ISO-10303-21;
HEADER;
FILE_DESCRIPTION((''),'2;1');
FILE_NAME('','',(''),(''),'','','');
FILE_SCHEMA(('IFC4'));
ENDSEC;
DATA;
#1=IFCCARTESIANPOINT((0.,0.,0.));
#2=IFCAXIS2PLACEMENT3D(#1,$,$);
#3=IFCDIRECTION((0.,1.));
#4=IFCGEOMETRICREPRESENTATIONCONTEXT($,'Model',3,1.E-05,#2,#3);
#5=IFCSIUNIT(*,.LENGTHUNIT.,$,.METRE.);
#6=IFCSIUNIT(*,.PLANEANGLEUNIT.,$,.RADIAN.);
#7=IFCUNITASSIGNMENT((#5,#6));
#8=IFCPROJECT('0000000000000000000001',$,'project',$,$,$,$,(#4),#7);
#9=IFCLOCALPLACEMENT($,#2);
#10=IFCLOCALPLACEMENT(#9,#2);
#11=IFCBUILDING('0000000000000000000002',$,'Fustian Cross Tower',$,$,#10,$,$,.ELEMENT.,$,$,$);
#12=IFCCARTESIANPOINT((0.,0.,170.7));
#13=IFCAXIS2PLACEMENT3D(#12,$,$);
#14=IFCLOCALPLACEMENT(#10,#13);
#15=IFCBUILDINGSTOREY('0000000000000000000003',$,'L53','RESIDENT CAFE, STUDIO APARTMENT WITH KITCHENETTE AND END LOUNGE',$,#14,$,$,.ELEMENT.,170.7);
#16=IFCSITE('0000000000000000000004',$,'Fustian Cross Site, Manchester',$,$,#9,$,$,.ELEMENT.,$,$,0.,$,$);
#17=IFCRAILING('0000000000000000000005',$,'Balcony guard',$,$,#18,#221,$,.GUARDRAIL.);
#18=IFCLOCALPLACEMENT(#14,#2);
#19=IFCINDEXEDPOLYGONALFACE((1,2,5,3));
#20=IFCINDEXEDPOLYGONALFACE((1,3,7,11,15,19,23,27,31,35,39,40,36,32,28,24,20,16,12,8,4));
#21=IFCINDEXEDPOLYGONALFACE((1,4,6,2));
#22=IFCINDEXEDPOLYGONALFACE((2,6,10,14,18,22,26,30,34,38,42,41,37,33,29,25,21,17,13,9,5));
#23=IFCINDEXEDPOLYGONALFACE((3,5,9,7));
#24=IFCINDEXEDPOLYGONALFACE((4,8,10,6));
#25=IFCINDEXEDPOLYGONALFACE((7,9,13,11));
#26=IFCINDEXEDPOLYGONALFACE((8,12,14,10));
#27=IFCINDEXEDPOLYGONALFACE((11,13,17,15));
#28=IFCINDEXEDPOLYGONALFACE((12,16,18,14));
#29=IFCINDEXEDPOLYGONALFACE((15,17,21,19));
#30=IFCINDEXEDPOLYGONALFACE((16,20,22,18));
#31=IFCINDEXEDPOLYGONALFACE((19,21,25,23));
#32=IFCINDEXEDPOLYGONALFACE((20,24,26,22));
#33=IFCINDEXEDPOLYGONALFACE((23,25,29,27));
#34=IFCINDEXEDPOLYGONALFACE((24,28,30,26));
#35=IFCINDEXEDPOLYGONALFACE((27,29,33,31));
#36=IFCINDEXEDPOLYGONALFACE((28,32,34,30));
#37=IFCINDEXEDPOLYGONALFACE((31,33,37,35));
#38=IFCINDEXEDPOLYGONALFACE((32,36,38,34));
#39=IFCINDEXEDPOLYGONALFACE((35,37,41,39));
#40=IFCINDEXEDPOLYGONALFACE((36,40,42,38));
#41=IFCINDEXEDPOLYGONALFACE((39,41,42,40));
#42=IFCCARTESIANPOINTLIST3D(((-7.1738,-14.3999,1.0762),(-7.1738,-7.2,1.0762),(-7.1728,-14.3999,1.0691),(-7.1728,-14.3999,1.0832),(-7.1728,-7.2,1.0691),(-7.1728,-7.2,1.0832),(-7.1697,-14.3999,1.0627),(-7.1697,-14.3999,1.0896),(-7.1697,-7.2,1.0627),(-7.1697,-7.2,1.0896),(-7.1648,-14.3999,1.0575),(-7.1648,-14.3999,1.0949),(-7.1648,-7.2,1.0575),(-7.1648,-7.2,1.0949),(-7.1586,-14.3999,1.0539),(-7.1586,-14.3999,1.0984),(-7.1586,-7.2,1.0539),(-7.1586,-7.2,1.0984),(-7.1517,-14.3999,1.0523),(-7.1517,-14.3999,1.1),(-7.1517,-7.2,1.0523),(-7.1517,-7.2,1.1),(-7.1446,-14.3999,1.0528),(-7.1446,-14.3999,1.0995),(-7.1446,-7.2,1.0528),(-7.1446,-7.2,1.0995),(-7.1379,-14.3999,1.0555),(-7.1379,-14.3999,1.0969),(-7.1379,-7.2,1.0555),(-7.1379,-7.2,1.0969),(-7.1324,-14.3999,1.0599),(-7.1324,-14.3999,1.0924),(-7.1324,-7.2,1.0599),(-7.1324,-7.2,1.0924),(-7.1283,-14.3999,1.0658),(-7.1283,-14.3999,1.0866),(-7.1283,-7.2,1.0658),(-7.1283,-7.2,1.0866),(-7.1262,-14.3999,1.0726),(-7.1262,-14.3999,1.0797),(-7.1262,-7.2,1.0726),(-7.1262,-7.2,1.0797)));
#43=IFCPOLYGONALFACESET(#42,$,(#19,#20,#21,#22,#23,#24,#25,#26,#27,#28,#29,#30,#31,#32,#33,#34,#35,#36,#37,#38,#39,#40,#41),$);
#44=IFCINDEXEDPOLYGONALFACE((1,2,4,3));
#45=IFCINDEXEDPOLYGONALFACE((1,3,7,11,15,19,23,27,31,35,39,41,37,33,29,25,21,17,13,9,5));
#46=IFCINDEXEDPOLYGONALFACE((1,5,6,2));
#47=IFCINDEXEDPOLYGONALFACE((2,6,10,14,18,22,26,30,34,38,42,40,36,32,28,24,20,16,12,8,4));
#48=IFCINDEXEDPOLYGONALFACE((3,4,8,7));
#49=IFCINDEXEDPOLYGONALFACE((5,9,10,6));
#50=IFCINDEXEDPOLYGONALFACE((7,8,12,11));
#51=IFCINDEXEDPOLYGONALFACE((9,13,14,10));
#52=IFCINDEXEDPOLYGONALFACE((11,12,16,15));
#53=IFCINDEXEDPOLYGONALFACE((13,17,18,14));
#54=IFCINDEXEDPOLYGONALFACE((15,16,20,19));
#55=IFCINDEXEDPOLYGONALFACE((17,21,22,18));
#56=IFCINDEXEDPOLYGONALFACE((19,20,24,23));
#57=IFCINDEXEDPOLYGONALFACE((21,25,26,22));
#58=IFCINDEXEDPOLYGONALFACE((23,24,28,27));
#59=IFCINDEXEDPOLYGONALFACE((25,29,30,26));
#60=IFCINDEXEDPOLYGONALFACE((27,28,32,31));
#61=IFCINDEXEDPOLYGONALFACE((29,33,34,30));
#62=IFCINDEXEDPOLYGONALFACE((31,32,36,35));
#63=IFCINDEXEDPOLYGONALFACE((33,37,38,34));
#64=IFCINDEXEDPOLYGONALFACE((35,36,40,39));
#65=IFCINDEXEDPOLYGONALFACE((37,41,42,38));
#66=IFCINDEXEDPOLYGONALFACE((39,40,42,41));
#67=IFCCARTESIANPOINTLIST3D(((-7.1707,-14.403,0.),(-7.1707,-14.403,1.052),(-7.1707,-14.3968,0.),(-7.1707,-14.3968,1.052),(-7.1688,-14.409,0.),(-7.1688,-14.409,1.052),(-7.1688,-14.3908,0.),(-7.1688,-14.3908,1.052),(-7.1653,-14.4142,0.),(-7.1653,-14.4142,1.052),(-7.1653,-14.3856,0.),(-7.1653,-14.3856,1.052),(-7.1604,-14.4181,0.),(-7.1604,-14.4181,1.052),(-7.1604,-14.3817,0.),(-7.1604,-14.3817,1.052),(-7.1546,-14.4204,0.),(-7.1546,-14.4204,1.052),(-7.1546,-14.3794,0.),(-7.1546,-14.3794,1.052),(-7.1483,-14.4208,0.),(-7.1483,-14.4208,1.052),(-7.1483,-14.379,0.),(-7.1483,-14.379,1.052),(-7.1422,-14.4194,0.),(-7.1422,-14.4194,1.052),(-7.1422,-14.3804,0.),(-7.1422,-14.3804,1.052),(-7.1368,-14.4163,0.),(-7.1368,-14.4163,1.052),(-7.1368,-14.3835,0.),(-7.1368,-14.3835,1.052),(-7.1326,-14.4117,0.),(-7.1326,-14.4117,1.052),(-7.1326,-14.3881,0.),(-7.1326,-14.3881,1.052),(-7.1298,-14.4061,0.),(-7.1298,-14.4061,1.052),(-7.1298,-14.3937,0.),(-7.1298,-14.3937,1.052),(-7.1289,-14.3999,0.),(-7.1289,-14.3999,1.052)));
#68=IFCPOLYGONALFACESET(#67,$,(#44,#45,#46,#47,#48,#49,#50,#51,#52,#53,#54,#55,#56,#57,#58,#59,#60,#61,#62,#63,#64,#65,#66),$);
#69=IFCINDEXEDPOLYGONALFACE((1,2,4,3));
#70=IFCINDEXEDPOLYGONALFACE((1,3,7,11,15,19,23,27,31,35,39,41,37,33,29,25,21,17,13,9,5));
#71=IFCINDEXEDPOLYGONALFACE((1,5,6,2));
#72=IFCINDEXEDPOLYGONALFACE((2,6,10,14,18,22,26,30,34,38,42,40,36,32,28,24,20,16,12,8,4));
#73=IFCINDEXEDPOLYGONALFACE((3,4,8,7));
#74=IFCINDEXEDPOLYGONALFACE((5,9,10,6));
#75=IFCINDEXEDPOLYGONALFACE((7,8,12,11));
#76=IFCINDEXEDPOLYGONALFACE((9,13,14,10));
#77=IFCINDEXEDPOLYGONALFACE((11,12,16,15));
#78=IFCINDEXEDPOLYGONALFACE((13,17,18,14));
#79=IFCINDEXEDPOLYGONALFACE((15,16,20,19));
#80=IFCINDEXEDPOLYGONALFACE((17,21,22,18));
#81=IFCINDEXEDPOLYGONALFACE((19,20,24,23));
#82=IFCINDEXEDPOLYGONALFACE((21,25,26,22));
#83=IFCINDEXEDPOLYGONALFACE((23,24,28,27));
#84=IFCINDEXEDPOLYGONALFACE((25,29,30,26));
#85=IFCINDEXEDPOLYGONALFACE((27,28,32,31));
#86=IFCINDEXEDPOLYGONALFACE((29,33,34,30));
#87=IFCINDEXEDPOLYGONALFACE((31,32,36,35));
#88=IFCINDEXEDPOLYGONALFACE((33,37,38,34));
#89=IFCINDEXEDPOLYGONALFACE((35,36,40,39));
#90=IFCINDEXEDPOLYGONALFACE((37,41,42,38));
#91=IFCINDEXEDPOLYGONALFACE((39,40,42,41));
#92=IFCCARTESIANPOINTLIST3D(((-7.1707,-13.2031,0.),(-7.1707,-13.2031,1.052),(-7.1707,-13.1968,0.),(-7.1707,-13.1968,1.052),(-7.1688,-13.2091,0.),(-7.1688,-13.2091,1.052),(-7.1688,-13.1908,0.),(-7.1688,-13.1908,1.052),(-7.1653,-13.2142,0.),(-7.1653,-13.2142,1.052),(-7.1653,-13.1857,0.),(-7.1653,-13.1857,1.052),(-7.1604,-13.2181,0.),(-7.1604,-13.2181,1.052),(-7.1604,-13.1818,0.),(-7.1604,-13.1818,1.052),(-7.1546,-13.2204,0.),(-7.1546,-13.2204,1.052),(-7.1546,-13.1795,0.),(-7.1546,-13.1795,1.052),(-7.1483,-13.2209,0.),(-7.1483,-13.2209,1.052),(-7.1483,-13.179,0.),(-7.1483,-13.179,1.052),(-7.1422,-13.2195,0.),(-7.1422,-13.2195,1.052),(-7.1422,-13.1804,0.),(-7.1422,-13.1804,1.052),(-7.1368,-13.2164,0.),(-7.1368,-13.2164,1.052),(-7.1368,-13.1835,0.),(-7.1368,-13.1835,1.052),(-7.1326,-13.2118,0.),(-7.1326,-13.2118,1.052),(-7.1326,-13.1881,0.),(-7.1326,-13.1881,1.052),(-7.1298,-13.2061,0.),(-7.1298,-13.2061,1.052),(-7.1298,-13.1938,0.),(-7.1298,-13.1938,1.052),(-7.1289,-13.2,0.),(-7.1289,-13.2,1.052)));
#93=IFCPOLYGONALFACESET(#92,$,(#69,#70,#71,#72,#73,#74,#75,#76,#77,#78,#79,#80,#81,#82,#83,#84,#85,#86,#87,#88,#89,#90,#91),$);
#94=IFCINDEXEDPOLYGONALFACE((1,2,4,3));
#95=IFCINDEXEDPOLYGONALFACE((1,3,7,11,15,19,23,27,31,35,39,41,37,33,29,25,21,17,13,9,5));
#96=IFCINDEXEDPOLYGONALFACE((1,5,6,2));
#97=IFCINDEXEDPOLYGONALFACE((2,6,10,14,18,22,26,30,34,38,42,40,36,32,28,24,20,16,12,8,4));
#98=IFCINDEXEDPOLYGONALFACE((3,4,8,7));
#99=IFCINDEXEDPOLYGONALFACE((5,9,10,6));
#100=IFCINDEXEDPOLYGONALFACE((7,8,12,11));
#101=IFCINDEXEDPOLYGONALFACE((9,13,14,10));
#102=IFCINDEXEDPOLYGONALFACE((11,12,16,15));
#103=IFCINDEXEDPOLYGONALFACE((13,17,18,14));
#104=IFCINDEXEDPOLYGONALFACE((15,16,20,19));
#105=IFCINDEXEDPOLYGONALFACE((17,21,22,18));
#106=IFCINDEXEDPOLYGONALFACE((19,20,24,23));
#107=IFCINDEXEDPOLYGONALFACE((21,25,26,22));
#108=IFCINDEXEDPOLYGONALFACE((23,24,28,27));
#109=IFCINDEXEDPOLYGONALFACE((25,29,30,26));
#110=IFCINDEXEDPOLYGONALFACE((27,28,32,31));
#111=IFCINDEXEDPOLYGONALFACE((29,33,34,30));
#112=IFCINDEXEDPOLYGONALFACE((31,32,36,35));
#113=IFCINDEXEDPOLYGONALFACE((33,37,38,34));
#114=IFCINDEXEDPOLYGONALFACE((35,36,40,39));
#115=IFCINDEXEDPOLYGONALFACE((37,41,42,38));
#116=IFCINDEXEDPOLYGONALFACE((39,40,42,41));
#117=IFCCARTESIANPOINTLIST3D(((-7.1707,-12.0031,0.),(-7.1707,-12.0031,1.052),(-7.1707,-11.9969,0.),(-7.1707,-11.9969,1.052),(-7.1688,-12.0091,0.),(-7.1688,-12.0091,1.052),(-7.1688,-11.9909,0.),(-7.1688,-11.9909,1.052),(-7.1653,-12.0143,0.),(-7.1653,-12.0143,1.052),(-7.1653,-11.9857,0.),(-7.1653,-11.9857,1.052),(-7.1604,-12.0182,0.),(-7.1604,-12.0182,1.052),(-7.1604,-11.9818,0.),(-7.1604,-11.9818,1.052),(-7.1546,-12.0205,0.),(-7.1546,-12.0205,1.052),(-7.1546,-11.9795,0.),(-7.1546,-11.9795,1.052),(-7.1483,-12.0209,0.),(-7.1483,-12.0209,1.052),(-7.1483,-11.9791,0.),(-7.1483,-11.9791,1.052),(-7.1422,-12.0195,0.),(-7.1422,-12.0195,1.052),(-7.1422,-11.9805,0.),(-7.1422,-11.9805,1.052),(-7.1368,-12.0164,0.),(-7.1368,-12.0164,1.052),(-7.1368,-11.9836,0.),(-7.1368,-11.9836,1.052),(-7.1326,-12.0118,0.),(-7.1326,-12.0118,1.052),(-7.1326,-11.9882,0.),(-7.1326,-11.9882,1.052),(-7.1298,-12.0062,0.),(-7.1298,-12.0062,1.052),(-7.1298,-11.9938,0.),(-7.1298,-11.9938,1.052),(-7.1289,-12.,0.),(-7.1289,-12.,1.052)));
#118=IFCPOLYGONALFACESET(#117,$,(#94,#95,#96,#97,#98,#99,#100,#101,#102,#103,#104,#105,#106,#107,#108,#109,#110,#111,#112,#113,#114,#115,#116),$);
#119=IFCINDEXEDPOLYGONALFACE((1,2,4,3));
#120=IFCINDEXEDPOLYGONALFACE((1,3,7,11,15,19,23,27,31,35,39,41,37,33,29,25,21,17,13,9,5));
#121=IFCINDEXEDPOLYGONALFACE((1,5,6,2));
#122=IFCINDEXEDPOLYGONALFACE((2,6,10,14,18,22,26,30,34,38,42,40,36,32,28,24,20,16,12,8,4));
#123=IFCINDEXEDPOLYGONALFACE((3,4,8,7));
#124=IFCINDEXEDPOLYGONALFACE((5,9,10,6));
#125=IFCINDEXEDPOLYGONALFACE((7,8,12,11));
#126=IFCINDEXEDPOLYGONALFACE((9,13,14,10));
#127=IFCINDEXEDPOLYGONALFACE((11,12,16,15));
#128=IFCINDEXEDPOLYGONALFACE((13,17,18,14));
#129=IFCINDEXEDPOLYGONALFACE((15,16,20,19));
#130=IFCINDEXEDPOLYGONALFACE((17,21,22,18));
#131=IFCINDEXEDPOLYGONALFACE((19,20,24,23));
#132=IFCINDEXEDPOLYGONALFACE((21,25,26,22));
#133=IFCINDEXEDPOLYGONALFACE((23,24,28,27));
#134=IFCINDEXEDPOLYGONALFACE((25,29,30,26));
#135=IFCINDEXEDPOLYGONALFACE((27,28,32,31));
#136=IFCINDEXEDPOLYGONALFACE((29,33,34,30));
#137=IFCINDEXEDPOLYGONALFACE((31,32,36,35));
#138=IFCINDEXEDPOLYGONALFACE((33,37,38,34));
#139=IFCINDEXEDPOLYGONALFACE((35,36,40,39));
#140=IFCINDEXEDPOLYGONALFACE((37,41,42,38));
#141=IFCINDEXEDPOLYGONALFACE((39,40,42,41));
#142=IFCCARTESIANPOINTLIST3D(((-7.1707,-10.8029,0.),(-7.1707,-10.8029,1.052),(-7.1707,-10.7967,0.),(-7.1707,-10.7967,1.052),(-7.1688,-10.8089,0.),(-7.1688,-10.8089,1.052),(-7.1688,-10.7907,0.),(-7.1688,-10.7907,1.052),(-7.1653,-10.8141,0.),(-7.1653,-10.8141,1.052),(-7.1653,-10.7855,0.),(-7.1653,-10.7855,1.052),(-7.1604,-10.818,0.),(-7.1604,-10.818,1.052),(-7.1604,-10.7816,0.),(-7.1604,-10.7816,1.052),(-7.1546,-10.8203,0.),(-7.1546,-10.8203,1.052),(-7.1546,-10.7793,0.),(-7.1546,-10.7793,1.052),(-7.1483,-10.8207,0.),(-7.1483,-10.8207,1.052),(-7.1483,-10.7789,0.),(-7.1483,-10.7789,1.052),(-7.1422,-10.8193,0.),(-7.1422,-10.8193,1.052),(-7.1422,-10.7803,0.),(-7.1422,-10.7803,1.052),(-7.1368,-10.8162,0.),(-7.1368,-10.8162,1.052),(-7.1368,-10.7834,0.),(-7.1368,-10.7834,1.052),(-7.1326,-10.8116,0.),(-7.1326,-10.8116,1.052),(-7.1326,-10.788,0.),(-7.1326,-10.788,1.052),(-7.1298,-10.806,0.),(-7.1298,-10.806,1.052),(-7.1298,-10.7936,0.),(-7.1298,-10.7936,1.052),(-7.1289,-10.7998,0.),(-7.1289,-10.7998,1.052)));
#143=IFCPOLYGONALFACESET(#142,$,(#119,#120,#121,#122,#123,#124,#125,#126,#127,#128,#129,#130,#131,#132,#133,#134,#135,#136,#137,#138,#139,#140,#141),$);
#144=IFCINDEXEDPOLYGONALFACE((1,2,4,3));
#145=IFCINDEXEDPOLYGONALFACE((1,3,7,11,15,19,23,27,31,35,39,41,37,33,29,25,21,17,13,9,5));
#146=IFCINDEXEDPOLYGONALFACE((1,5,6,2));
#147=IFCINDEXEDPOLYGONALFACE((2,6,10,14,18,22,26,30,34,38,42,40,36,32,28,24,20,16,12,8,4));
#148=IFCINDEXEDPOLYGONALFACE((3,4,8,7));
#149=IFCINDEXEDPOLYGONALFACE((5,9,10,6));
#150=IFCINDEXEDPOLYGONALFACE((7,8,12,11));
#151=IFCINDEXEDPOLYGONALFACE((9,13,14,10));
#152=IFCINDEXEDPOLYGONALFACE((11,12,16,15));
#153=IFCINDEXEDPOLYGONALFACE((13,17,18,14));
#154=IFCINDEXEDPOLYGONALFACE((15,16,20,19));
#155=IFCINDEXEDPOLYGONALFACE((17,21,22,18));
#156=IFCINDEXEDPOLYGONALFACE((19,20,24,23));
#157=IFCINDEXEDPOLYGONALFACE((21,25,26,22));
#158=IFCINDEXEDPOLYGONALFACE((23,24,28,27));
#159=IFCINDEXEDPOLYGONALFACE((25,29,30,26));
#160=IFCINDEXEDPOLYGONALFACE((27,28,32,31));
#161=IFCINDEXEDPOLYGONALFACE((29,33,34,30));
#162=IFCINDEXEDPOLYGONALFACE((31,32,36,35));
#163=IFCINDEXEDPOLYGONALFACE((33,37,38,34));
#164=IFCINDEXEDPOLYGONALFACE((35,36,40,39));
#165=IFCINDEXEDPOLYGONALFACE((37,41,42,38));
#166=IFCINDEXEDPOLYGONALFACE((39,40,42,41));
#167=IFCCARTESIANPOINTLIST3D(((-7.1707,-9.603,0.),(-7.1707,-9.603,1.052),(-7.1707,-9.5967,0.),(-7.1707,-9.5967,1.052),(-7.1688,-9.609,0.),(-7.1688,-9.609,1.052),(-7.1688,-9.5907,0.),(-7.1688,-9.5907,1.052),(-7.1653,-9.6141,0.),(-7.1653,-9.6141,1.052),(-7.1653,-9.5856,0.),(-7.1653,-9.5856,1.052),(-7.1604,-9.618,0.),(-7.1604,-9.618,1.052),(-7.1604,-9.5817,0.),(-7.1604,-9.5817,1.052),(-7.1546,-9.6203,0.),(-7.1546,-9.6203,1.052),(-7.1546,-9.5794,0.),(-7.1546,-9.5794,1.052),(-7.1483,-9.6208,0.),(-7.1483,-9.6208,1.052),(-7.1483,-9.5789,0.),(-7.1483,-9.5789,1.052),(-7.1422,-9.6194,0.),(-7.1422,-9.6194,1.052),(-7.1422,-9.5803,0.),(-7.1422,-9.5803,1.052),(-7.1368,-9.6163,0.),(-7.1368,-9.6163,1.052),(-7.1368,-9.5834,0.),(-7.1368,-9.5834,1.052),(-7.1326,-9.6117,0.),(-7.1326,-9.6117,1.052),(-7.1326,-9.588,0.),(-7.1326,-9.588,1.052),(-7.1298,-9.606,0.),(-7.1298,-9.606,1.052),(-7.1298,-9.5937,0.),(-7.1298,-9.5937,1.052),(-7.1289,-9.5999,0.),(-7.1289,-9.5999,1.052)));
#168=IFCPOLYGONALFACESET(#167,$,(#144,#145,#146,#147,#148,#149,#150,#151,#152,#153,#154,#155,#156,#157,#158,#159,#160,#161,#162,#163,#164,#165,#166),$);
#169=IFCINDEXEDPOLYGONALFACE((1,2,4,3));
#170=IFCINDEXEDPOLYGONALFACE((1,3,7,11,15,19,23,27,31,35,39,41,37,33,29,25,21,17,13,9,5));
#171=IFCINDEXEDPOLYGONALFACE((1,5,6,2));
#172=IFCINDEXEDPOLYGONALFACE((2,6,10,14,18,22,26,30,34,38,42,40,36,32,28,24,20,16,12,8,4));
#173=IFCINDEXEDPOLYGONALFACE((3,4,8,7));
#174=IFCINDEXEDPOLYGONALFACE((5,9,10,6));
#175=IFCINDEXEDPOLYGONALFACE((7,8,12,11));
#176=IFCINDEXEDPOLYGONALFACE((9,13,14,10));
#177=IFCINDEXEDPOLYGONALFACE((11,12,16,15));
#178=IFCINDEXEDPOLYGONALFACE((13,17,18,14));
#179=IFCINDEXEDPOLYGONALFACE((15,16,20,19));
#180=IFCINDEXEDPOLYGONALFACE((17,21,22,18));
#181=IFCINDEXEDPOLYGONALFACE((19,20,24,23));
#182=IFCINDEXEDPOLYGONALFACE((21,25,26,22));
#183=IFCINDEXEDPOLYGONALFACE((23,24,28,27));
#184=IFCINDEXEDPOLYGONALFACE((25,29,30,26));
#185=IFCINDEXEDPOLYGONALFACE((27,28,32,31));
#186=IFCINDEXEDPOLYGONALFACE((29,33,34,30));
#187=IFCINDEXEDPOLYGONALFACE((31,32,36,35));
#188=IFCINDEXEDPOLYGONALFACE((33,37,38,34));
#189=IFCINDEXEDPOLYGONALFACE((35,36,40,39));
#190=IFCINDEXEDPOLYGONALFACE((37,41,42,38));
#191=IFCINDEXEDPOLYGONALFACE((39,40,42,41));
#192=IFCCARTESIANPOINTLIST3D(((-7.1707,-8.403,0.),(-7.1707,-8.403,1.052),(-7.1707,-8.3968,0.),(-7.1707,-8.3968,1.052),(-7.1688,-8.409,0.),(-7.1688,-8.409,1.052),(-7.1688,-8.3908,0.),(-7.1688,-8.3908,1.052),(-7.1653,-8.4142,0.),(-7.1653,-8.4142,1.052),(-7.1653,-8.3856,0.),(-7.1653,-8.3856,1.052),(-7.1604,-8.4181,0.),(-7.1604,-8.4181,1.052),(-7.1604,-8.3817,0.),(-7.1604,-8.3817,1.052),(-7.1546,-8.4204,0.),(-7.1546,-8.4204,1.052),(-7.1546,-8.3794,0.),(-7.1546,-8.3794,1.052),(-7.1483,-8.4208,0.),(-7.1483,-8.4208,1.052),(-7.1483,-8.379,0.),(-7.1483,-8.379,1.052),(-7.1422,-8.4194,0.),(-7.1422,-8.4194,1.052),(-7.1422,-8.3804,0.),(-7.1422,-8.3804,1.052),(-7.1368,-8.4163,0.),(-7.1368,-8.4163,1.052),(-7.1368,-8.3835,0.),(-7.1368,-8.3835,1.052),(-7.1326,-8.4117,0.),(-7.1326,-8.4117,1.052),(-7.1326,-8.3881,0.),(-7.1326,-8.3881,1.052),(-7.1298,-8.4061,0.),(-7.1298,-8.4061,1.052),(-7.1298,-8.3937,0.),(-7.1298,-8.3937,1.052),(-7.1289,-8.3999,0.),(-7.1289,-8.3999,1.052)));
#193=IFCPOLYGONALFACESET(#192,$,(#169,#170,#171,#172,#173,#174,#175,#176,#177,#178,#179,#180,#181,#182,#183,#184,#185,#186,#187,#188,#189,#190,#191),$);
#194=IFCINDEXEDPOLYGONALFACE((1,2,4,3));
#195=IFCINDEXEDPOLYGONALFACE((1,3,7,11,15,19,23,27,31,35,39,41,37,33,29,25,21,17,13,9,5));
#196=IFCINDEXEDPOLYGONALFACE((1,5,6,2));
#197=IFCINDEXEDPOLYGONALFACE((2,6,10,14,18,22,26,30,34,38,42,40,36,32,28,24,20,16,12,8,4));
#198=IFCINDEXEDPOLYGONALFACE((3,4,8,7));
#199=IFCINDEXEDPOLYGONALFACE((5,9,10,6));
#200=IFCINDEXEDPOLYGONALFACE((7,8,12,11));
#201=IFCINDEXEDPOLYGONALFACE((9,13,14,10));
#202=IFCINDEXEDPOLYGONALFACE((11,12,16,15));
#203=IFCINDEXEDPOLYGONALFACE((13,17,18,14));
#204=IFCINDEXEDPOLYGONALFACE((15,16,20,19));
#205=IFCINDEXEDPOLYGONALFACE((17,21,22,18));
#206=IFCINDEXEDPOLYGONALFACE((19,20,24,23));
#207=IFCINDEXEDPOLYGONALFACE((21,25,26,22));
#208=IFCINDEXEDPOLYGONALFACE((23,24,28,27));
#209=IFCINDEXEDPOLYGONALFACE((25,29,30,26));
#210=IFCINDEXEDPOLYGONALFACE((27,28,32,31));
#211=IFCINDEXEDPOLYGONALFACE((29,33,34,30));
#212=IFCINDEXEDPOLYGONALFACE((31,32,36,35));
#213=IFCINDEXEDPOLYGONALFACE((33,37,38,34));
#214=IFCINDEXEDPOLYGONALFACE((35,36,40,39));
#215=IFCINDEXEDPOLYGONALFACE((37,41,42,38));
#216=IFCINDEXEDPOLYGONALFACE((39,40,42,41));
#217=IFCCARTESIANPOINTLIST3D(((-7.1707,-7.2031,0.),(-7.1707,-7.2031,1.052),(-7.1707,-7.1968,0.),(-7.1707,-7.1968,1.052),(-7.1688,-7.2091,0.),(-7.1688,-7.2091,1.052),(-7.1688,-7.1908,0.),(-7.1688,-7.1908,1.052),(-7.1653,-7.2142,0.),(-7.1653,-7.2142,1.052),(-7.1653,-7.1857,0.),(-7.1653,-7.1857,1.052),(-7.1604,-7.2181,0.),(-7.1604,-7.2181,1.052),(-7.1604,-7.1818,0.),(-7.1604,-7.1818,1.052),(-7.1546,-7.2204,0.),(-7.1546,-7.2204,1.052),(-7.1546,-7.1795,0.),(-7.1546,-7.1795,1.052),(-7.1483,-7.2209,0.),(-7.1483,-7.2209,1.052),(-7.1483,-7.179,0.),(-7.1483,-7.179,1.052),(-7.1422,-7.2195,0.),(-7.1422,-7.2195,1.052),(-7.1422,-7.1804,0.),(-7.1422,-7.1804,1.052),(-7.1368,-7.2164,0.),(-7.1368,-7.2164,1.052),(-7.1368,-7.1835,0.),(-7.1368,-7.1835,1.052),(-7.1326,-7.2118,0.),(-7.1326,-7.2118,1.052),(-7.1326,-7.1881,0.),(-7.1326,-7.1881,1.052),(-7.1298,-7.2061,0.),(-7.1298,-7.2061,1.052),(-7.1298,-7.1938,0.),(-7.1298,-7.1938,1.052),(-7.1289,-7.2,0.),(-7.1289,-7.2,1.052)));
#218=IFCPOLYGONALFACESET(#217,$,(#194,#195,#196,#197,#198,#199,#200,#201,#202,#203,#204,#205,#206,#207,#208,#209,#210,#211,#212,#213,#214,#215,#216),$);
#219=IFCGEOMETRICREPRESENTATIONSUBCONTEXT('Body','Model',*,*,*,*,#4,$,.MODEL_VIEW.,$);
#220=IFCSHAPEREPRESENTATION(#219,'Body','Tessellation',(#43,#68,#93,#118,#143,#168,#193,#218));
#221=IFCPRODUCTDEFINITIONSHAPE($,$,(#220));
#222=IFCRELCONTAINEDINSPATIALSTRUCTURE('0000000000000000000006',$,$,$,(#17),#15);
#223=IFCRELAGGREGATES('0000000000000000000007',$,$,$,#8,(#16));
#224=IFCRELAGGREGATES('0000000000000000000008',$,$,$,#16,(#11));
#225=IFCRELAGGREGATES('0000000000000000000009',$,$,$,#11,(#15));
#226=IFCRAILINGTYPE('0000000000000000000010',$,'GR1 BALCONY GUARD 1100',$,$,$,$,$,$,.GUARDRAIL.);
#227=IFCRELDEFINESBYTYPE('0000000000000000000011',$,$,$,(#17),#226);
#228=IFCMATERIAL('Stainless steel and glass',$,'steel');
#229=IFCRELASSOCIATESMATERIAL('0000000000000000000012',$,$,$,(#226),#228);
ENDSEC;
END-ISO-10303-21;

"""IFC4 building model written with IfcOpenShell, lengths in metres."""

from ifc_helpers import new_model, si_unit, direction, frame, origin, origin_2d, place, context, subcontext, project, spatial, circle, extrude, material, type_object, element, save


model = new_model("IFC4")

# Units and contexts
model_context = context("Model", 3, precision=1e-05, world=origin(), true_north=direction((0.0, 1.0)))
body_context = subcontext(model_context, "Body", "Model", "MODEL_VIEW")
ifc_project = project(units=[si_unit("LENGTHUNIT", "METRE"), si_unit("PLANEANGLEUNIT", "RADIAN")], contexts=[model_context])

# Site, building, storey
site_placement = place(None, origin())
site = spatial("IfcSite", under=ifc_project, at=site_placement, Name="Fustian Cross Site, Manchester", CompositionType="ELEMENT", RefElevation=0.0)
building_placement = place(site_placement, origin())
building = spatial("IfcBuilding", under=site, at=building_placement, Name="Fustian Cross Tower", CompositionType="ELEMENT")
storey_placement = place(building_placement, frame((0.0, 0.0, 170.7)))
storey = spatial("IfcBuildingStorey", under=building, at=storey_placement, Name="L53", Description="RESIDENT CAFE, STUDIO APARTMENT WITH KITCHENETTE AND END LOUNGE", CompositionType="ELEMENT", Elevation=170.7)

# Railing
ifc_material_1 = material(Name="Stainless steel and glass", Category="steel")
railing_type = type_object("IfcRailingType", Name="GR1 BALCONY GUARD 1100", PredefinedType="GUARDRAIL", material=ifc_material_1)
railing_placement = place(storey_placement, frame((-7.1499, -14.3999, 0.0)))
element("IfcRailing", 1, at=railing_placement, inside=storey, type_object=railing_type, Name="Balcony guard", PredefinedType="GUARDRAIL", context=body_context, shape_type="SweptSolid", body=[
    extrude(circle(Radius=0.0239, at=origin_2d()), frame((0.0, 0.0, 1.0762), z_axis=(0.0, 1.0, 0.0), x_axis=(-1.0, 0.0, 0.0)), (0.0, 0.0, 1.0), 7.2),
    extrude(circle(Radius=0.021, at=origin_2d()), origin(), (0.0, 0.0, 1.0), 1.052),
    extrude(circle(Radius=0.021, at=origin_2d()), frame((0.0, 1.2, 0.0)), (0.0, 0.0, 1.0), 1.052),
    extrude(circle(Radius=0.021, at=origin_2d()), frame((0.0, 2.3999, 0.0)), (0.0, 0.0, 1.0), 1.052),
    extrude(circle(Radius=0.021, at=origin_2d()), frame((0.0, 3.6001, 0.0)), (0.0, 0.0, 1.0), 1.052),
    extrude(circle(Radius=0.021, at=origin_2d()), frame((0.0, 4.8, 0.0)), (0.0, 0.0, 1.0), 1.052),
    extrude(circle(Radius=0.021, at=origin_2d()), frame((0.0, 6.0, 0.0)), (0.0, 0.0, 1.0), 1.052),
    extrude(circle(Radius=0.021, at=origin_2d()), frame((0.0, 7.2, 0.0)), (0.0, 0.0, 1.0), 1.052),
])

save(model, "model.ifc")
